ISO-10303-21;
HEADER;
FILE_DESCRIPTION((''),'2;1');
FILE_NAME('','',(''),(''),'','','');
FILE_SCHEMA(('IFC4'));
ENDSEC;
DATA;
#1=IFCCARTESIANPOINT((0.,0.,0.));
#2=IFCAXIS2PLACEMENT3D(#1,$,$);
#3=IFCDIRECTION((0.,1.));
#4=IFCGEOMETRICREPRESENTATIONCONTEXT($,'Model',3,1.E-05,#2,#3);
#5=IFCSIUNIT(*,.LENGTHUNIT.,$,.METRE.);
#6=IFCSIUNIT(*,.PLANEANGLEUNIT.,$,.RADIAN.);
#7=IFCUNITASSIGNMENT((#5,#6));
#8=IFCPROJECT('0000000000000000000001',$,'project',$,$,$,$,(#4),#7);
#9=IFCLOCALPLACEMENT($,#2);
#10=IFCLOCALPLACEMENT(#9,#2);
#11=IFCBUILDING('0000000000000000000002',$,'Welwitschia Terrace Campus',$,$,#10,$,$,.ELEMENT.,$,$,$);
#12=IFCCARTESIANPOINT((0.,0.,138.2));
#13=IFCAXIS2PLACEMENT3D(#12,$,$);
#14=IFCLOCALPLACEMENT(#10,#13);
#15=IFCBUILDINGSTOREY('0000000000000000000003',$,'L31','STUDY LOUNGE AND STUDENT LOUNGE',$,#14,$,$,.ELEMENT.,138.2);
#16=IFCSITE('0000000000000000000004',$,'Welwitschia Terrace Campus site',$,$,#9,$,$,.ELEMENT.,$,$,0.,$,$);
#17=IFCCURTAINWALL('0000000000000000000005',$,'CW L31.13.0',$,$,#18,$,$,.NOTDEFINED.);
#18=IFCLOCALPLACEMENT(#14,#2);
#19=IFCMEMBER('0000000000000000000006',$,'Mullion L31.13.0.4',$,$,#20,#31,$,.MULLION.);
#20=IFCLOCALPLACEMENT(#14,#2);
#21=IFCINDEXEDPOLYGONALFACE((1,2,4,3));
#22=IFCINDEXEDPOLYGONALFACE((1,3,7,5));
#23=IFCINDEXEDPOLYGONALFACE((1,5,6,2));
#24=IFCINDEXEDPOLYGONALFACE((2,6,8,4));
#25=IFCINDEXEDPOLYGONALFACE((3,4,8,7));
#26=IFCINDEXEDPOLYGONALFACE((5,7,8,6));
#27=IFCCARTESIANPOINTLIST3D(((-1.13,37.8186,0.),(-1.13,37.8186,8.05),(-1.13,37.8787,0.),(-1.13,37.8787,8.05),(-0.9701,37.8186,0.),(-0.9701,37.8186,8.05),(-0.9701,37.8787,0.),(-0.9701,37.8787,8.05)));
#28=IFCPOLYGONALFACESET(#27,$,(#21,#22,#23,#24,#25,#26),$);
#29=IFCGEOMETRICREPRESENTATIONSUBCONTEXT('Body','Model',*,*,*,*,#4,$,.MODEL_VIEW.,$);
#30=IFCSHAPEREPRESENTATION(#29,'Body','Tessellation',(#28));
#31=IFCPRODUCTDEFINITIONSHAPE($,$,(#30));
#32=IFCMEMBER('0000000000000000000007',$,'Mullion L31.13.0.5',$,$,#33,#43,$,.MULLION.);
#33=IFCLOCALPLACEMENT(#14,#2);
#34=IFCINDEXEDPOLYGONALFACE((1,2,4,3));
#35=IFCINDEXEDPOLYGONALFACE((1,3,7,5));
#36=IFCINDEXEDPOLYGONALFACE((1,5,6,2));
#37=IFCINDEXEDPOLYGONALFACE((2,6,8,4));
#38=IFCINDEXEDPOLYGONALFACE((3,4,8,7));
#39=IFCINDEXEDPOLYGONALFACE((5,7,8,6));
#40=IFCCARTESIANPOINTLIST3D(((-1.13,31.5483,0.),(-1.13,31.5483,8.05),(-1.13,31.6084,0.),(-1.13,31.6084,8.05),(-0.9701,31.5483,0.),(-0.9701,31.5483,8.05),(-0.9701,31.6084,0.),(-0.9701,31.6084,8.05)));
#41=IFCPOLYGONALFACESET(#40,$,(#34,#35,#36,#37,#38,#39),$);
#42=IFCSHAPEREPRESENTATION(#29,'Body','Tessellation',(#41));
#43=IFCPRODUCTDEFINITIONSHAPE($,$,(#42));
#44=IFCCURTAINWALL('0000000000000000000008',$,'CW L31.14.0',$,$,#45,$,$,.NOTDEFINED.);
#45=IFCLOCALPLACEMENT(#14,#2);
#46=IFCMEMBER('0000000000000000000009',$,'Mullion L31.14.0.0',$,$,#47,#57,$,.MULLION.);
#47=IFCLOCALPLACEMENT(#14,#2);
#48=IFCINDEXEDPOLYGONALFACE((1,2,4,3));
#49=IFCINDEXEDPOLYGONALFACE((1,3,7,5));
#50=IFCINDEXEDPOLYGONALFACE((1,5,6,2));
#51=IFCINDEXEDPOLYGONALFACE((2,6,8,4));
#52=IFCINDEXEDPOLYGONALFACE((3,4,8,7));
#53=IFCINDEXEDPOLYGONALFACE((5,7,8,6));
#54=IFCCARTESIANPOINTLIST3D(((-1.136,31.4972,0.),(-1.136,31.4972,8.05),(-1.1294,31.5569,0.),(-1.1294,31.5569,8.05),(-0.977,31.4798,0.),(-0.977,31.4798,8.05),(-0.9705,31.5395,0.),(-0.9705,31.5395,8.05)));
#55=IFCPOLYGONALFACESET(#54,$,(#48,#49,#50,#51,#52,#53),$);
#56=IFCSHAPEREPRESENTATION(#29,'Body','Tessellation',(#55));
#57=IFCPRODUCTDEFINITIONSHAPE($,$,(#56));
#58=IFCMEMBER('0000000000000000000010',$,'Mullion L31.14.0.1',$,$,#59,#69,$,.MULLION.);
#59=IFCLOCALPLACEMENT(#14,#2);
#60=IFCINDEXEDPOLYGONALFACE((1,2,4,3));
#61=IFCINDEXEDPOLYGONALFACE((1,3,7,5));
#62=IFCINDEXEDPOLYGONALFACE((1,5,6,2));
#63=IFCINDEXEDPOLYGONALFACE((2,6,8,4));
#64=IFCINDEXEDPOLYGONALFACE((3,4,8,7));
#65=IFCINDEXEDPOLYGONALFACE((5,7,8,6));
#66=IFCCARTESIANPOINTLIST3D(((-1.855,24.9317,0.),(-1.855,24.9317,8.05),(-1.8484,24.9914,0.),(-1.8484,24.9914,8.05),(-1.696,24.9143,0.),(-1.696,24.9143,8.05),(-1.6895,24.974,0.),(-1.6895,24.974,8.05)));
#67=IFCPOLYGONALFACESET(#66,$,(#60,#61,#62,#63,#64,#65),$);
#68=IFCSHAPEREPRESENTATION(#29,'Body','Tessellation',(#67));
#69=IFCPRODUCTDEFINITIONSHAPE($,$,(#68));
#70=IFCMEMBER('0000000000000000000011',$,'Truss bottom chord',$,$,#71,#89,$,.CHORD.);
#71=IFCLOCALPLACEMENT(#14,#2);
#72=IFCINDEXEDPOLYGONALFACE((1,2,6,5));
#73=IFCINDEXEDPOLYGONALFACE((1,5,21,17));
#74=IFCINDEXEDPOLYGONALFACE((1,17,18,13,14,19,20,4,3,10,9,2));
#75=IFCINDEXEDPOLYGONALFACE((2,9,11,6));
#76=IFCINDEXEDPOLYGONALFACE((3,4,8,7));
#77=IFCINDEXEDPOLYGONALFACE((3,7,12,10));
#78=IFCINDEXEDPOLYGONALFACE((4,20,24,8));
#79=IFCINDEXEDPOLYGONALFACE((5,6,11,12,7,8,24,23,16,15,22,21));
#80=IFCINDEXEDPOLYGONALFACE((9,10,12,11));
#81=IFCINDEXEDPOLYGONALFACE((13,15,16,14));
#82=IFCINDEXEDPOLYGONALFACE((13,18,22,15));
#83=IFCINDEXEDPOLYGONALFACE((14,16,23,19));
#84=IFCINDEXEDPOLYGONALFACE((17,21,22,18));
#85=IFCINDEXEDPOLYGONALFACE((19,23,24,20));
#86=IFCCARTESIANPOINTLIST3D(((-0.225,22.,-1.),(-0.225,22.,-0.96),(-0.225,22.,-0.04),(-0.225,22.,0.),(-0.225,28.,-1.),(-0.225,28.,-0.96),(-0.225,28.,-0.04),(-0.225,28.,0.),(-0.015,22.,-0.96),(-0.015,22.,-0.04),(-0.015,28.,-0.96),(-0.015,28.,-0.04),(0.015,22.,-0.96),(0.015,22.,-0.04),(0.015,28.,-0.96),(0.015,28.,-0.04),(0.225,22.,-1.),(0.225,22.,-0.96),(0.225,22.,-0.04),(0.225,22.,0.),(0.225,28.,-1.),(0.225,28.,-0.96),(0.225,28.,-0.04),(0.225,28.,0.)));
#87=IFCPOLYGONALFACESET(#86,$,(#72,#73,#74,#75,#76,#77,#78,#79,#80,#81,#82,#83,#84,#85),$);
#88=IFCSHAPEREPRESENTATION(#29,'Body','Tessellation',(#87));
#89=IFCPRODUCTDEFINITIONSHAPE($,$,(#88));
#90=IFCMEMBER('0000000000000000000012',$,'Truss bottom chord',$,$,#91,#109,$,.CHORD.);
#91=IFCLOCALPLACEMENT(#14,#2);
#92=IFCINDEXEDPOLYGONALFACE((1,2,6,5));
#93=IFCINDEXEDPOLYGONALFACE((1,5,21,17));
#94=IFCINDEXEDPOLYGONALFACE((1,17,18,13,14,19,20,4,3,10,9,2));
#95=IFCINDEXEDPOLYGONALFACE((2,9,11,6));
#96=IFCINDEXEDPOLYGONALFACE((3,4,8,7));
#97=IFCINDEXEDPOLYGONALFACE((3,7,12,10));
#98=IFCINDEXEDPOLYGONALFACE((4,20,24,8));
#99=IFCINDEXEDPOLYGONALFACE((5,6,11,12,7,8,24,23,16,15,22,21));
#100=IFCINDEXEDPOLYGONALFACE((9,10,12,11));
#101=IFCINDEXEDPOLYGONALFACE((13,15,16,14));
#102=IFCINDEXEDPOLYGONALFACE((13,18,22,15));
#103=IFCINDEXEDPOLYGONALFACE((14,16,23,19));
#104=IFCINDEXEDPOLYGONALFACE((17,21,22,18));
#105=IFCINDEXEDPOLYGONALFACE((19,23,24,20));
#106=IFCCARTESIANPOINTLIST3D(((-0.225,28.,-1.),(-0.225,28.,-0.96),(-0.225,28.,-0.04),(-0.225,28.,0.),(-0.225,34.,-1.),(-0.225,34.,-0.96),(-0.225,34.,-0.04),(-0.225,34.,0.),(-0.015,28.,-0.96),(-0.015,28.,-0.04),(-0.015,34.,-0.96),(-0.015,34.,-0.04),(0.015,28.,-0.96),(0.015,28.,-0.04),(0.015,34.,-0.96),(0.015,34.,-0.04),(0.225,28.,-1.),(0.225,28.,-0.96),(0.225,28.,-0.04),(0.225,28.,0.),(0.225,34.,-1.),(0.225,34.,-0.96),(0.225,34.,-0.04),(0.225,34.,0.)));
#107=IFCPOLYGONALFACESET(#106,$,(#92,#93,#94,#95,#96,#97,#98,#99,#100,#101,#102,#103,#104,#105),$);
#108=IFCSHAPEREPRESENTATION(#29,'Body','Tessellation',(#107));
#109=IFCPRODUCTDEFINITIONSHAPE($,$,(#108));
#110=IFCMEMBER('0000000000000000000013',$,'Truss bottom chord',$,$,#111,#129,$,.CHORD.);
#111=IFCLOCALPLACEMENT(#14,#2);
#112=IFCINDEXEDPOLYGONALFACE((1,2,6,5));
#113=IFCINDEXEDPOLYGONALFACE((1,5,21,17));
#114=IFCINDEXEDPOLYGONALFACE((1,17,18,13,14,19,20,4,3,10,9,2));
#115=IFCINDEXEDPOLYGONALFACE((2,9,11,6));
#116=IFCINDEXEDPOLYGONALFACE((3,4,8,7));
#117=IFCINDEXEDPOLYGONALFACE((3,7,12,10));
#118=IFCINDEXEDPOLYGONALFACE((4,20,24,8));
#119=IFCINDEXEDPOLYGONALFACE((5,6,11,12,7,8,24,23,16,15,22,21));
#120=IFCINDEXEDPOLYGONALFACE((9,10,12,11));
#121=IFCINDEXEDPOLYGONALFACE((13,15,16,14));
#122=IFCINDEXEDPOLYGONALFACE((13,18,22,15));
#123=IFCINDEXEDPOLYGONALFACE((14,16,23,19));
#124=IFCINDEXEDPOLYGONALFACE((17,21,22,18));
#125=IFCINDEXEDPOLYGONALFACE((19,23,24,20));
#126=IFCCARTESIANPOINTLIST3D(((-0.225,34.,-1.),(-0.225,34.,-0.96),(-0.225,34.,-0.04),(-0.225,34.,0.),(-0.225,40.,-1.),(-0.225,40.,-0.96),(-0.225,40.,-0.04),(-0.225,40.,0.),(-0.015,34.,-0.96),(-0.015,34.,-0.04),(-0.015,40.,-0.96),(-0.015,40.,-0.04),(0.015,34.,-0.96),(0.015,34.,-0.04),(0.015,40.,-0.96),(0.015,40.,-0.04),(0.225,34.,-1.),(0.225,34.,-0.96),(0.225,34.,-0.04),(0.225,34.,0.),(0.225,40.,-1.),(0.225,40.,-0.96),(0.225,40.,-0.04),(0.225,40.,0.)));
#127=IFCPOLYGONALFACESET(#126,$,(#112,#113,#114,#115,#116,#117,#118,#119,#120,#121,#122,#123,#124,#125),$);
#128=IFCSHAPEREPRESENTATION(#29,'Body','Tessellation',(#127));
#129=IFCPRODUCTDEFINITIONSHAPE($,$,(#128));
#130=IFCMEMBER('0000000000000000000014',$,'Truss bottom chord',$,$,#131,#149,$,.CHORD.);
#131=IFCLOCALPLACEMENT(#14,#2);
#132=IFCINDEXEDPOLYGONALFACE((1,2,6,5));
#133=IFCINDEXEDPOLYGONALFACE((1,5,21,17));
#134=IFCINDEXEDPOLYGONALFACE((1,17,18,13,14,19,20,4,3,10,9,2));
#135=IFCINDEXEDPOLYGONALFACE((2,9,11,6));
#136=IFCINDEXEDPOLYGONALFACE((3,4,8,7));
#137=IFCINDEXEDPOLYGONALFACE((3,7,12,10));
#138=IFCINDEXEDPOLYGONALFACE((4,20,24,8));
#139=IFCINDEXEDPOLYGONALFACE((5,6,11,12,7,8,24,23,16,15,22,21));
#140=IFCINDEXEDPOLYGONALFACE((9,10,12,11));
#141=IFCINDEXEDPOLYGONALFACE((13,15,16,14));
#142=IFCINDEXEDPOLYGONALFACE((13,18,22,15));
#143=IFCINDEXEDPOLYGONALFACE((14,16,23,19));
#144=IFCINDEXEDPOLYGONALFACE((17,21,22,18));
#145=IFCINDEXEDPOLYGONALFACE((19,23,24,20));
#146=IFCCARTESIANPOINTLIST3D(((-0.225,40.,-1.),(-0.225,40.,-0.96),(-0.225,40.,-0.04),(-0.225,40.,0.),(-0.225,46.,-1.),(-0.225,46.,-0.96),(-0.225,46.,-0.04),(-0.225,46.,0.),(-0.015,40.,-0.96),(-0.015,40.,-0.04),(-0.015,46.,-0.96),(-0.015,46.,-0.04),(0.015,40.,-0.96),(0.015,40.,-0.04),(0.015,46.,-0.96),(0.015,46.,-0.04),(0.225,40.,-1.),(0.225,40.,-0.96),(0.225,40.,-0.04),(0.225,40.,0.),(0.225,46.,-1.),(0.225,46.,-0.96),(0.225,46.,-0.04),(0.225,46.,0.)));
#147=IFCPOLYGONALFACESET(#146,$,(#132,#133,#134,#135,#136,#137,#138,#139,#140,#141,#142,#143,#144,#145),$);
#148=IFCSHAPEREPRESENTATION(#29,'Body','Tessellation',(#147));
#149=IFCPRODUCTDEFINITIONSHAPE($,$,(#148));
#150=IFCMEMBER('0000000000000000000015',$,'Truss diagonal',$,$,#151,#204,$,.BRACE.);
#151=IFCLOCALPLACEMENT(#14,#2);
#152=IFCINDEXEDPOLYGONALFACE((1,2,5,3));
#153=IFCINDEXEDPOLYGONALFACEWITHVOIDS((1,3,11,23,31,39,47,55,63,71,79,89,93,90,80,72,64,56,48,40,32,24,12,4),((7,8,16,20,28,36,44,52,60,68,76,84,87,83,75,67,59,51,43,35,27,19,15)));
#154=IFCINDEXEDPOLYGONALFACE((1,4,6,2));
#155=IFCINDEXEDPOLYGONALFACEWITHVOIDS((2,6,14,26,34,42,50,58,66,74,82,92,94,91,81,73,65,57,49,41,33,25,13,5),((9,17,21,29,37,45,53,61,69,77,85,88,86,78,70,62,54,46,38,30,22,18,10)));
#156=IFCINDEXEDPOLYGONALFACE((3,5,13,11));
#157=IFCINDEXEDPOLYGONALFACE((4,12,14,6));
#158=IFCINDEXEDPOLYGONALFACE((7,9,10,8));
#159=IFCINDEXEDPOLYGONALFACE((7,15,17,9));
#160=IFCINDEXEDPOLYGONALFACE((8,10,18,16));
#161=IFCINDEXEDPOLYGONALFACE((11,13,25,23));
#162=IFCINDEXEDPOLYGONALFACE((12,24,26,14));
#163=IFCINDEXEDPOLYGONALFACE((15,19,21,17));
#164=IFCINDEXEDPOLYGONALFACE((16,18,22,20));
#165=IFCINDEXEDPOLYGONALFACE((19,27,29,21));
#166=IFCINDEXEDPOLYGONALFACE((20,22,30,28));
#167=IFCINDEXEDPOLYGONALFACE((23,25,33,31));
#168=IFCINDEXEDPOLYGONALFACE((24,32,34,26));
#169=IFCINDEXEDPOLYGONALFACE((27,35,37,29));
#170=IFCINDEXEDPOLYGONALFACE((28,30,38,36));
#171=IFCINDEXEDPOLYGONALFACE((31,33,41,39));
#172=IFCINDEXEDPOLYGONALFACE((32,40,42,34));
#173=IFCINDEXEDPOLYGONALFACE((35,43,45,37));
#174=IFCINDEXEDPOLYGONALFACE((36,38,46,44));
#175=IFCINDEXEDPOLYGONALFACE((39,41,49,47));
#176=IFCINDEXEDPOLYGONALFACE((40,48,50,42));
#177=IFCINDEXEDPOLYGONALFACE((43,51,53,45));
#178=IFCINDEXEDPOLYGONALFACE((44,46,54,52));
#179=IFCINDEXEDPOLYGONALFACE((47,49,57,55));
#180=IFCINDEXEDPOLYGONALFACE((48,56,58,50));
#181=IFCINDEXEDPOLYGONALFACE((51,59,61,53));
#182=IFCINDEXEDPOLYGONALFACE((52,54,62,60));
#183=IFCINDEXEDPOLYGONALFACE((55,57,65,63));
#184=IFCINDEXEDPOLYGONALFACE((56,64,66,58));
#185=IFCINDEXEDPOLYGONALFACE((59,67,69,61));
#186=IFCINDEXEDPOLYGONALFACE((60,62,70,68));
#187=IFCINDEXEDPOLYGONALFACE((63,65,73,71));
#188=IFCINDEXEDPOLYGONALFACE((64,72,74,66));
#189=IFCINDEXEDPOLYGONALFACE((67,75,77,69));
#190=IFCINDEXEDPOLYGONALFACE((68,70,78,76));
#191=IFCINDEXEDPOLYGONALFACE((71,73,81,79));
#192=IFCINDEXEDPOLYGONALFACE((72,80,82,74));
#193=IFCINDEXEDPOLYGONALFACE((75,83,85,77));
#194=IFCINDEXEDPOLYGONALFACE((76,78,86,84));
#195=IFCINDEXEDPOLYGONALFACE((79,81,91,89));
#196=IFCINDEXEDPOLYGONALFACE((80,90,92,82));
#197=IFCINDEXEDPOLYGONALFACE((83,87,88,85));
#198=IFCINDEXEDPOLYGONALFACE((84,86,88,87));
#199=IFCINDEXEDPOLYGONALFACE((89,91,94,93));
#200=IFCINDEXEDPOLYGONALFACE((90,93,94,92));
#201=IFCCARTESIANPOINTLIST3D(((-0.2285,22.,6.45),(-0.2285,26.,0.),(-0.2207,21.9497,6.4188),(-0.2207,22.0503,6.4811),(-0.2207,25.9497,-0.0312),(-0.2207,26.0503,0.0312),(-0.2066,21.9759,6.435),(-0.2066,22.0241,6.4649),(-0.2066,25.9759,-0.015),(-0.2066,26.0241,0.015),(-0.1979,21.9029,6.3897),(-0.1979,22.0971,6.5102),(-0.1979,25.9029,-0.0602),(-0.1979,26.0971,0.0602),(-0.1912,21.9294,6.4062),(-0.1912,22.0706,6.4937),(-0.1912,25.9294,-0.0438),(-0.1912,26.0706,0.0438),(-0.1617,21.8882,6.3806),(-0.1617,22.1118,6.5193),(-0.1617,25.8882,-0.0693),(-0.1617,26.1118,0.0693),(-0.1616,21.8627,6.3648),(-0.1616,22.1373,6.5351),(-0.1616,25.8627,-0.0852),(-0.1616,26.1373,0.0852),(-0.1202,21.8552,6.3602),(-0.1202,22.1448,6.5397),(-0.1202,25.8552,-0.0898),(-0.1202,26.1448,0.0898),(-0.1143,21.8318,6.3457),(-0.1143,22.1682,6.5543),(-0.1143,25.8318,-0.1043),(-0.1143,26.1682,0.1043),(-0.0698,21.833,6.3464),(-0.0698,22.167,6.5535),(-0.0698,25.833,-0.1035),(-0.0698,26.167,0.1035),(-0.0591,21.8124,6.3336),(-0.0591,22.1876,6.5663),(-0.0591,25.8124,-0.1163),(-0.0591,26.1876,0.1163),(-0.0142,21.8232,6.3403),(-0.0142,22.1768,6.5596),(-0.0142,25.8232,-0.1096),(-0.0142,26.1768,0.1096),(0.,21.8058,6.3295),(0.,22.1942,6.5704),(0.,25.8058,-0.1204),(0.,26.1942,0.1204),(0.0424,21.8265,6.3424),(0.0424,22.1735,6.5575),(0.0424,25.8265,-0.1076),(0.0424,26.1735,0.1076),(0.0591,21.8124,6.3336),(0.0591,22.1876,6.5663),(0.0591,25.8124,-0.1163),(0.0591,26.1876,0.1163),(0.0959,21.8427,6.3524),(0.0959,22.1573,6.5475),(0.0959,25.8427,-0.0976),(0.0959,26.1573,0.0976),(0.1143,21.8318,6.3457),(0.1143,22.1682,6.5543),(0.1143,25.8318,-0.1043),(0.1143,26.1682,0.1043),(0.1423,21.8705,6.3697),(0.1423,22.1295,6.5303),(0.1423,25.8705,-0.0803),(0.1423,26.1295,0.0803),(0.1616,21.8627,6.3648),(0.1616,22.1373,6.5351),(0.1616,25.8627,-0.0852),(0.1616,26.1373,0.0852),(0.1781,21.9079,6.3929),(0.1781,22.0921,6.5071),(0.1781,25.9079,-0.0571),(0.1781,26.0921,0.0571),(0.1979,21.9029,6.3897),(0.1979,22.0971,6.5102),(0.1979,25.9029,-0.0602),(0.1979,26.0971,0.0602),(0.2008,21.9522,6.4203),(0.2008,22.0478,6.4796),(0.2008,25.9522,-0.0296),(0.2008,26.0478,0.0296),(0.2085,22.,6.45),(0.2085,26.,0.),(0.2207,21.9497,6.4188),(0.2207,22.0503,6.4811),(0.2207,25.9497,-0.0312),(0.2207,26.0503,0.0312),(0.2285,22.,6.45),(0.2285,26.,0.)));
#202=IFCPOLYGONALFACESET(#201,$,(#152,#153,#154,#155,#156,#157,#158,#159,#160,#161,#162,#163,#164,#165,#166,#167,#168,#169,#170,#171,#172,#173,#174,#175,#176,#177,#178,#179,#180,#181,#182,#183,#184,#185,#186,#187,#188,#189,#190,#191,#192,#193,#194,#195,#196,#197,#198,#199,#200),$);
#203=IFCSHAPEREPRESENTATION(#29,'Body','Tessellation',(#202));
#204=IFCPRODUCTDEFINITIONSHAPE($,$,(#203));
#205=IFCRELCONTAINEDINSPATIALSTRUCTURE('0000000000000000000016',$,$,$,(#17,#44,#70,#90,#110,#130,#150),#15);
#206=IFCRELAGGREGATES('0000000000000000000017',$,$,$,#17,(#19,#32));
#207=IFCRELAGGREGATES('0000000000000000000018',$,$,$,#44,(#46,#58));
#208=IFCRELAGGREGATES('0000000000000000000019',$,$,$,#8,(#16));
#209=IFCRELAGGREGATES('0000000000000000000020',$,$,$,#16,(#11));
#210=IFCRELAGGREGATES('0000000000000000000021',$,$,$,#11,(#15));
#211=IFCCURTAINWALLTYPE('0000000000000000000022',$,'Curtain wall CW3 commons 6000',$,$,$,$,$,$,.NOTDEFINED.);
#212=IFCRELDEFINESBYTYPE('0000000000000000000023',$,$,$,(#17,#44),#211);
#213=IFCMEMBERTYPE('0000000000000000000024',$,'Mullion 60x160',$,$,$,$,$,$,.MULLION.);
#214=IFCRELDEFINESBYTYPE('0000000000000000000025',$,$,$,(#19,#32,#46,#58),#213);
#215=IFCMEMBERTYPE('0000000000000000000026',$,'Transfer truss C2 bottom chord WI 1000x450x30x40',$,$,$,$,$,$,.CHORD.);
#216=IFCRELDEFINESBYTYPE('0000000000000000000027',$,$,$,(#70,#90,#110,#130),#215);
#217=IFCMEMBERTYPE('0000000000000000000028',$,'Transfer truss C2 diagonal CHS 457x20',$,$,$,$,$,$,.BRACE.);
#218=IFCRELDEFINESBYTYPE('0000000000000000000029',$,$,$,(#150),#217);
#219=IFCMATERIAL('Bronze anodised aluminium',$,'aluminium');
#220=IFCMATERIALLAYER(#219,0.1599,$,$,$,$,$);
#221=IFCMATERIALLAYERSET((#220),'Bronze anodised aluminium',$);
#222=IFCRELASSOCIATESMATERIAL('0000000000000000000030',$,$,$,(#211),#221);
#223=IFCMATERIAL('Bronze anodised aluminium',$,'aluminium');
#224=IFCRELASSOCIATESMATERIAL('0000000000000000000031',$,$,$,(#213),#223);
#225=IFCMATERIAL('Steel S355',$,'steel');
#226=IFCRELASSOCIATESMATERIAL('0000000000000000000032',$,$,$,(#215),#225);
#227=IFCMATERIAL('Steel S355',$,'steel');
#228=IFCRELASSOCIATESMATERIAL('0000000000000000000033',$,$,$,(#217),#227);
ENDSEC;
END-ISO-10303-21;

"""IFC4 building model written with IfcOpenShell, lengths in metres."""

from ifc_helpers import new_model, si_unit, direction, frame, origin, origin_2d, place, context, subcontext, project, spatial, rectangle, hollow_circle, i_section, extrude, material, layer, layer_set, material_profile, profile_set, type_object, element, aggregate, save


model = new_model("IFC4")

# Units and contexts
model_context = context("Model", 3, precision=1e-05, world=origin(), true_north=direction((0.0, 1.0)))
body_context = subcontext(model_context, "Body", "Model", "MODEL_VIEW")
ifc_project = project(units=[si_unit("LENGTHUNIT", "METRE"), si_unit("PLANEANGLEUNIT", "RADIAN")], contexts=[model_context])

# Site, building, storey
site_placement = place(None, origin())
site = spatial("IfcSite", under=ifc_project, at=site_placement, Name="Welwitschia Terrace Campus site", CompositionType="ELEMENT", RefElevation=0.0)
building_placement = place(site_placement, origin())
building = spatial("IfcBuilding", under=site, at=building_placement, Name="Welwitschia Terrace Campus", CompositionType="ELEMENT")
storey_placement = place(building_placement, frame((0.0, 0.0, 138.2)))
storey = spatial("IfcBuildingStorey", under=building, at=storey_placement, Name="L31", Description="STUDY LOUNGE AND STUDENT LOUNGE", CompositionType="ELEMENT", Elevation=138.2)

# Curtain walls, members
ifc_material_1 = material(Name="Bronze anodised aluminium", Category="aluminium")
ifc_layer_1 = layer(ifc_material_1, 0.1599)
ifc_layer_set_1 = layer_set([ifc_layer_1], Name="Bronze anodised aluminium")
curtain_wall_type = type_object("IfcCurtainWallType", Name="Curtain wall CW3 commons 6000", PredefinedType="NOTDEFINED", material=ifc_layer_set_1)
curtain_wall_1_placement = place(storey_placement, origin())
curtain_wall_1 = element("IfcCurtainWall", 1, at=curtain_wall_1_placement, inside=storey, type_object=curtain_wall_type, Name="CW L31.13.0", PredefinedType="NOTDEFINED")
ifc_material_2 = material(Name="Bronze anodised aluminium", Category="aluminium")
ifc_material_profile_1 = material_profile(ifc_material_2, rectangle(XDim=0.1599, YDim=0.0601, at=origin_2d()))
ifc_profile_set_1 = profile_set([ifc_material_profile_1], Name="Bronze anodised aluminium")
member_type_1 = type_object("IfcMemberType", Name="Mullion 60x160", PredefinedType="MULLION", material=ifc_profile_set_1)
member_1_placement = place(storey_placement, frame((-1.05, 37.8486, 0.0), z_axis=(0.0, 0.0, 1.0), x_axis=(1.0, 0.0, 0.0)))
member_1 = element("IfcMember", 2, at=member_1_placement, type_object=member_type_1, Name="Mullion L31.13.0.4", PredefinedType="MULLION", context=body_context, shape_type="SweptSolid", body=[
    extrude(rectangle(XDim=0.1599, YDim=0.0601, at=origin_2d()), origin(), (0.0, 0.0, 1.0), 8.05),
])
member_2_placement = place(storey_placement, frame((-1.05, 31.5784, 0.0), z_axis=(0.0, 0.0, 1.0), x_axis=(1.0, 0.0, 0.0)))
member_2 = element("IfcMember", 3, at=member_2_placement, type_object=member_type_1, Name="Mullion L31.13.0.5", PredefinedType="MULLION", context=body_context, shape_type="SweptSolid", body=[
    extrude(rectangle(XDim=0.1599, YDim=0.0601, at=origin_2d()), origin(), (0.0, 0.0, 1.0), 8.05),
])
curtain_wall_2_placement = place(storey_placement, origin())
curtain_wall_2 = element("IfcCurtainWall", 4, at=curtain_wall_2_placement, inside=storey, type_object=curtain_wall_type, Name="CW L31.14.0", PredefinedType="NOTDEFINED")
member_3_placement = place(storey_placement, frame((-1.0532, 31.5183, 0.0), z_axis=(0.0, 0.0, 1.0), x_axis=(0.994056, -0.108867, 0.0)))
member_3 = element("IfcMember", 5, at=member_3_placement, type_object=member_type_1, Name="Mullion L31.14.0.0", PredefinedType="MULLION", context=body_context, shape_type="SweptSolid", body=[
    extrude(rectangle(XDim=0.1599, YDim=0.0601, at=origin_2d()), origin(), (0.0, 0.0, 1.0), 8.05),
])
member_4_placement = place(storey_placement, frame((-1.7722, 24.9529, 0.0), z_axis=(0.0, 0.0, 1.0), x_axis=(0.994056, -0.108867, 0.0)))
member_4 = element("IfcMember", 6, at=member_4_placement, type_object=member_type_1, Name="Mullion L31.14.0.1", PredefinedType="MULLION", context=body_context, shape_type="SweptSolid", body=[
    extrude(rectangle(XDim=0.1599, YDim=0.0601, at=origin_2d()), origin(), (0.0, 0.0, 1.0), 8.05),
])

# Members
ifc_material_3 = material(Name="Steel S355", Category="steel")
ifc_material_profile_2 = material_profile(ifc_material_3, i_section(OverallWidth=0.45, OverallDepth=1.0, WebThickness=0.03, FlangeThickness=0.04, at=origin_2d()))
ifc_profile_set_2 = profile_set([ifc_material_profile_2], Name="Steel S355")
member_type_2 = type_object("IfcMemberType", Name="Transfer truss C2 bottom chord WI 1000x450x30x40", PredefinedType="CHORD", material=ifc_profile_set_2)
for number, where, z_axis, x_axis, name in (
    (7, (0.0, 22.0, -0.5), (0.0, 1.0, 0.0), (-1.0, 0.0, 0.0), "Truss bottom chord"),
    (8, (0.0, 28.0, -0.5), (0.0, 1.0, 0.0), (-1.0, 0.0, 0.0), "Truss bottom chord"),
    (9, (0.0, 34.0, -0.5), (0.0, 1.0, 0.0), (-1.0, 0.0, 0.0), "Truss bottom chord"),
    (10, (0.0, 40.0, -0.5), (0.0, 1.0, 0.0), (-1.0, 0.0, 0.0), "Truss bottom chord"),
):
    element("IfcMember", number, at=place(storey_placement, frame(where, z_axis=z_axis, x_axis=x_axis)), inside=storey, type_object=member_type_2, Name=name, PredefinedType="CHORD", context=body_context, shape_type="SweptSolid", body=[
        extrude(i_section(OverallWidth=0.45, OverallDepth=1.0, WebThickness=0.03, FlangeThickness=0.04, at=origin_2d()), origin(), (0.0, 0.0, 1.0), 6.0),
    ])
ifc_material_4 = material(Name="Steel S355", Category="steel")
ifc_material_profile_3 = material_profile(ifc_material_4, hollow_circle(Radius=0.2285, WallThickness=0.02, at=origin_2d()))
ifc_profile_set_3 = profile_set([ifc_material_profile_3], Name="Steel S355")
member_type_3 = type_object("IfcMemberType", Name="Transfer truss C2 diagonal CHS 457x20", PredefinedType="BRACE", material=ifc_profile_set_3)
member_5_placement = place(storey_placement, frame((0.0, 26.0, 0.0), z_axis=(0.0, -0.527038, 0.849842), x_axis=(1.0, 0.0, 0.0)))
element("IfcMember", 11, at=member_5_placement, inside=storey, type_object=member_type_3, Name="Truss diagonal", PredefinedType="BRACE", context=body_context, shape_type="SweptSolid", body=[
    extrude(hollow_circle(Radius=0.2285, WallThickness=0.02, at=origin_2d()), origin(), (0.0, 0.0, 1.0), 7.5896),
])

aggregate(curtain_wall_1, [member_1, member_2])
aggregate(curtain_wall_2, [member_3, member_4])

save(model, "model.ifc")
